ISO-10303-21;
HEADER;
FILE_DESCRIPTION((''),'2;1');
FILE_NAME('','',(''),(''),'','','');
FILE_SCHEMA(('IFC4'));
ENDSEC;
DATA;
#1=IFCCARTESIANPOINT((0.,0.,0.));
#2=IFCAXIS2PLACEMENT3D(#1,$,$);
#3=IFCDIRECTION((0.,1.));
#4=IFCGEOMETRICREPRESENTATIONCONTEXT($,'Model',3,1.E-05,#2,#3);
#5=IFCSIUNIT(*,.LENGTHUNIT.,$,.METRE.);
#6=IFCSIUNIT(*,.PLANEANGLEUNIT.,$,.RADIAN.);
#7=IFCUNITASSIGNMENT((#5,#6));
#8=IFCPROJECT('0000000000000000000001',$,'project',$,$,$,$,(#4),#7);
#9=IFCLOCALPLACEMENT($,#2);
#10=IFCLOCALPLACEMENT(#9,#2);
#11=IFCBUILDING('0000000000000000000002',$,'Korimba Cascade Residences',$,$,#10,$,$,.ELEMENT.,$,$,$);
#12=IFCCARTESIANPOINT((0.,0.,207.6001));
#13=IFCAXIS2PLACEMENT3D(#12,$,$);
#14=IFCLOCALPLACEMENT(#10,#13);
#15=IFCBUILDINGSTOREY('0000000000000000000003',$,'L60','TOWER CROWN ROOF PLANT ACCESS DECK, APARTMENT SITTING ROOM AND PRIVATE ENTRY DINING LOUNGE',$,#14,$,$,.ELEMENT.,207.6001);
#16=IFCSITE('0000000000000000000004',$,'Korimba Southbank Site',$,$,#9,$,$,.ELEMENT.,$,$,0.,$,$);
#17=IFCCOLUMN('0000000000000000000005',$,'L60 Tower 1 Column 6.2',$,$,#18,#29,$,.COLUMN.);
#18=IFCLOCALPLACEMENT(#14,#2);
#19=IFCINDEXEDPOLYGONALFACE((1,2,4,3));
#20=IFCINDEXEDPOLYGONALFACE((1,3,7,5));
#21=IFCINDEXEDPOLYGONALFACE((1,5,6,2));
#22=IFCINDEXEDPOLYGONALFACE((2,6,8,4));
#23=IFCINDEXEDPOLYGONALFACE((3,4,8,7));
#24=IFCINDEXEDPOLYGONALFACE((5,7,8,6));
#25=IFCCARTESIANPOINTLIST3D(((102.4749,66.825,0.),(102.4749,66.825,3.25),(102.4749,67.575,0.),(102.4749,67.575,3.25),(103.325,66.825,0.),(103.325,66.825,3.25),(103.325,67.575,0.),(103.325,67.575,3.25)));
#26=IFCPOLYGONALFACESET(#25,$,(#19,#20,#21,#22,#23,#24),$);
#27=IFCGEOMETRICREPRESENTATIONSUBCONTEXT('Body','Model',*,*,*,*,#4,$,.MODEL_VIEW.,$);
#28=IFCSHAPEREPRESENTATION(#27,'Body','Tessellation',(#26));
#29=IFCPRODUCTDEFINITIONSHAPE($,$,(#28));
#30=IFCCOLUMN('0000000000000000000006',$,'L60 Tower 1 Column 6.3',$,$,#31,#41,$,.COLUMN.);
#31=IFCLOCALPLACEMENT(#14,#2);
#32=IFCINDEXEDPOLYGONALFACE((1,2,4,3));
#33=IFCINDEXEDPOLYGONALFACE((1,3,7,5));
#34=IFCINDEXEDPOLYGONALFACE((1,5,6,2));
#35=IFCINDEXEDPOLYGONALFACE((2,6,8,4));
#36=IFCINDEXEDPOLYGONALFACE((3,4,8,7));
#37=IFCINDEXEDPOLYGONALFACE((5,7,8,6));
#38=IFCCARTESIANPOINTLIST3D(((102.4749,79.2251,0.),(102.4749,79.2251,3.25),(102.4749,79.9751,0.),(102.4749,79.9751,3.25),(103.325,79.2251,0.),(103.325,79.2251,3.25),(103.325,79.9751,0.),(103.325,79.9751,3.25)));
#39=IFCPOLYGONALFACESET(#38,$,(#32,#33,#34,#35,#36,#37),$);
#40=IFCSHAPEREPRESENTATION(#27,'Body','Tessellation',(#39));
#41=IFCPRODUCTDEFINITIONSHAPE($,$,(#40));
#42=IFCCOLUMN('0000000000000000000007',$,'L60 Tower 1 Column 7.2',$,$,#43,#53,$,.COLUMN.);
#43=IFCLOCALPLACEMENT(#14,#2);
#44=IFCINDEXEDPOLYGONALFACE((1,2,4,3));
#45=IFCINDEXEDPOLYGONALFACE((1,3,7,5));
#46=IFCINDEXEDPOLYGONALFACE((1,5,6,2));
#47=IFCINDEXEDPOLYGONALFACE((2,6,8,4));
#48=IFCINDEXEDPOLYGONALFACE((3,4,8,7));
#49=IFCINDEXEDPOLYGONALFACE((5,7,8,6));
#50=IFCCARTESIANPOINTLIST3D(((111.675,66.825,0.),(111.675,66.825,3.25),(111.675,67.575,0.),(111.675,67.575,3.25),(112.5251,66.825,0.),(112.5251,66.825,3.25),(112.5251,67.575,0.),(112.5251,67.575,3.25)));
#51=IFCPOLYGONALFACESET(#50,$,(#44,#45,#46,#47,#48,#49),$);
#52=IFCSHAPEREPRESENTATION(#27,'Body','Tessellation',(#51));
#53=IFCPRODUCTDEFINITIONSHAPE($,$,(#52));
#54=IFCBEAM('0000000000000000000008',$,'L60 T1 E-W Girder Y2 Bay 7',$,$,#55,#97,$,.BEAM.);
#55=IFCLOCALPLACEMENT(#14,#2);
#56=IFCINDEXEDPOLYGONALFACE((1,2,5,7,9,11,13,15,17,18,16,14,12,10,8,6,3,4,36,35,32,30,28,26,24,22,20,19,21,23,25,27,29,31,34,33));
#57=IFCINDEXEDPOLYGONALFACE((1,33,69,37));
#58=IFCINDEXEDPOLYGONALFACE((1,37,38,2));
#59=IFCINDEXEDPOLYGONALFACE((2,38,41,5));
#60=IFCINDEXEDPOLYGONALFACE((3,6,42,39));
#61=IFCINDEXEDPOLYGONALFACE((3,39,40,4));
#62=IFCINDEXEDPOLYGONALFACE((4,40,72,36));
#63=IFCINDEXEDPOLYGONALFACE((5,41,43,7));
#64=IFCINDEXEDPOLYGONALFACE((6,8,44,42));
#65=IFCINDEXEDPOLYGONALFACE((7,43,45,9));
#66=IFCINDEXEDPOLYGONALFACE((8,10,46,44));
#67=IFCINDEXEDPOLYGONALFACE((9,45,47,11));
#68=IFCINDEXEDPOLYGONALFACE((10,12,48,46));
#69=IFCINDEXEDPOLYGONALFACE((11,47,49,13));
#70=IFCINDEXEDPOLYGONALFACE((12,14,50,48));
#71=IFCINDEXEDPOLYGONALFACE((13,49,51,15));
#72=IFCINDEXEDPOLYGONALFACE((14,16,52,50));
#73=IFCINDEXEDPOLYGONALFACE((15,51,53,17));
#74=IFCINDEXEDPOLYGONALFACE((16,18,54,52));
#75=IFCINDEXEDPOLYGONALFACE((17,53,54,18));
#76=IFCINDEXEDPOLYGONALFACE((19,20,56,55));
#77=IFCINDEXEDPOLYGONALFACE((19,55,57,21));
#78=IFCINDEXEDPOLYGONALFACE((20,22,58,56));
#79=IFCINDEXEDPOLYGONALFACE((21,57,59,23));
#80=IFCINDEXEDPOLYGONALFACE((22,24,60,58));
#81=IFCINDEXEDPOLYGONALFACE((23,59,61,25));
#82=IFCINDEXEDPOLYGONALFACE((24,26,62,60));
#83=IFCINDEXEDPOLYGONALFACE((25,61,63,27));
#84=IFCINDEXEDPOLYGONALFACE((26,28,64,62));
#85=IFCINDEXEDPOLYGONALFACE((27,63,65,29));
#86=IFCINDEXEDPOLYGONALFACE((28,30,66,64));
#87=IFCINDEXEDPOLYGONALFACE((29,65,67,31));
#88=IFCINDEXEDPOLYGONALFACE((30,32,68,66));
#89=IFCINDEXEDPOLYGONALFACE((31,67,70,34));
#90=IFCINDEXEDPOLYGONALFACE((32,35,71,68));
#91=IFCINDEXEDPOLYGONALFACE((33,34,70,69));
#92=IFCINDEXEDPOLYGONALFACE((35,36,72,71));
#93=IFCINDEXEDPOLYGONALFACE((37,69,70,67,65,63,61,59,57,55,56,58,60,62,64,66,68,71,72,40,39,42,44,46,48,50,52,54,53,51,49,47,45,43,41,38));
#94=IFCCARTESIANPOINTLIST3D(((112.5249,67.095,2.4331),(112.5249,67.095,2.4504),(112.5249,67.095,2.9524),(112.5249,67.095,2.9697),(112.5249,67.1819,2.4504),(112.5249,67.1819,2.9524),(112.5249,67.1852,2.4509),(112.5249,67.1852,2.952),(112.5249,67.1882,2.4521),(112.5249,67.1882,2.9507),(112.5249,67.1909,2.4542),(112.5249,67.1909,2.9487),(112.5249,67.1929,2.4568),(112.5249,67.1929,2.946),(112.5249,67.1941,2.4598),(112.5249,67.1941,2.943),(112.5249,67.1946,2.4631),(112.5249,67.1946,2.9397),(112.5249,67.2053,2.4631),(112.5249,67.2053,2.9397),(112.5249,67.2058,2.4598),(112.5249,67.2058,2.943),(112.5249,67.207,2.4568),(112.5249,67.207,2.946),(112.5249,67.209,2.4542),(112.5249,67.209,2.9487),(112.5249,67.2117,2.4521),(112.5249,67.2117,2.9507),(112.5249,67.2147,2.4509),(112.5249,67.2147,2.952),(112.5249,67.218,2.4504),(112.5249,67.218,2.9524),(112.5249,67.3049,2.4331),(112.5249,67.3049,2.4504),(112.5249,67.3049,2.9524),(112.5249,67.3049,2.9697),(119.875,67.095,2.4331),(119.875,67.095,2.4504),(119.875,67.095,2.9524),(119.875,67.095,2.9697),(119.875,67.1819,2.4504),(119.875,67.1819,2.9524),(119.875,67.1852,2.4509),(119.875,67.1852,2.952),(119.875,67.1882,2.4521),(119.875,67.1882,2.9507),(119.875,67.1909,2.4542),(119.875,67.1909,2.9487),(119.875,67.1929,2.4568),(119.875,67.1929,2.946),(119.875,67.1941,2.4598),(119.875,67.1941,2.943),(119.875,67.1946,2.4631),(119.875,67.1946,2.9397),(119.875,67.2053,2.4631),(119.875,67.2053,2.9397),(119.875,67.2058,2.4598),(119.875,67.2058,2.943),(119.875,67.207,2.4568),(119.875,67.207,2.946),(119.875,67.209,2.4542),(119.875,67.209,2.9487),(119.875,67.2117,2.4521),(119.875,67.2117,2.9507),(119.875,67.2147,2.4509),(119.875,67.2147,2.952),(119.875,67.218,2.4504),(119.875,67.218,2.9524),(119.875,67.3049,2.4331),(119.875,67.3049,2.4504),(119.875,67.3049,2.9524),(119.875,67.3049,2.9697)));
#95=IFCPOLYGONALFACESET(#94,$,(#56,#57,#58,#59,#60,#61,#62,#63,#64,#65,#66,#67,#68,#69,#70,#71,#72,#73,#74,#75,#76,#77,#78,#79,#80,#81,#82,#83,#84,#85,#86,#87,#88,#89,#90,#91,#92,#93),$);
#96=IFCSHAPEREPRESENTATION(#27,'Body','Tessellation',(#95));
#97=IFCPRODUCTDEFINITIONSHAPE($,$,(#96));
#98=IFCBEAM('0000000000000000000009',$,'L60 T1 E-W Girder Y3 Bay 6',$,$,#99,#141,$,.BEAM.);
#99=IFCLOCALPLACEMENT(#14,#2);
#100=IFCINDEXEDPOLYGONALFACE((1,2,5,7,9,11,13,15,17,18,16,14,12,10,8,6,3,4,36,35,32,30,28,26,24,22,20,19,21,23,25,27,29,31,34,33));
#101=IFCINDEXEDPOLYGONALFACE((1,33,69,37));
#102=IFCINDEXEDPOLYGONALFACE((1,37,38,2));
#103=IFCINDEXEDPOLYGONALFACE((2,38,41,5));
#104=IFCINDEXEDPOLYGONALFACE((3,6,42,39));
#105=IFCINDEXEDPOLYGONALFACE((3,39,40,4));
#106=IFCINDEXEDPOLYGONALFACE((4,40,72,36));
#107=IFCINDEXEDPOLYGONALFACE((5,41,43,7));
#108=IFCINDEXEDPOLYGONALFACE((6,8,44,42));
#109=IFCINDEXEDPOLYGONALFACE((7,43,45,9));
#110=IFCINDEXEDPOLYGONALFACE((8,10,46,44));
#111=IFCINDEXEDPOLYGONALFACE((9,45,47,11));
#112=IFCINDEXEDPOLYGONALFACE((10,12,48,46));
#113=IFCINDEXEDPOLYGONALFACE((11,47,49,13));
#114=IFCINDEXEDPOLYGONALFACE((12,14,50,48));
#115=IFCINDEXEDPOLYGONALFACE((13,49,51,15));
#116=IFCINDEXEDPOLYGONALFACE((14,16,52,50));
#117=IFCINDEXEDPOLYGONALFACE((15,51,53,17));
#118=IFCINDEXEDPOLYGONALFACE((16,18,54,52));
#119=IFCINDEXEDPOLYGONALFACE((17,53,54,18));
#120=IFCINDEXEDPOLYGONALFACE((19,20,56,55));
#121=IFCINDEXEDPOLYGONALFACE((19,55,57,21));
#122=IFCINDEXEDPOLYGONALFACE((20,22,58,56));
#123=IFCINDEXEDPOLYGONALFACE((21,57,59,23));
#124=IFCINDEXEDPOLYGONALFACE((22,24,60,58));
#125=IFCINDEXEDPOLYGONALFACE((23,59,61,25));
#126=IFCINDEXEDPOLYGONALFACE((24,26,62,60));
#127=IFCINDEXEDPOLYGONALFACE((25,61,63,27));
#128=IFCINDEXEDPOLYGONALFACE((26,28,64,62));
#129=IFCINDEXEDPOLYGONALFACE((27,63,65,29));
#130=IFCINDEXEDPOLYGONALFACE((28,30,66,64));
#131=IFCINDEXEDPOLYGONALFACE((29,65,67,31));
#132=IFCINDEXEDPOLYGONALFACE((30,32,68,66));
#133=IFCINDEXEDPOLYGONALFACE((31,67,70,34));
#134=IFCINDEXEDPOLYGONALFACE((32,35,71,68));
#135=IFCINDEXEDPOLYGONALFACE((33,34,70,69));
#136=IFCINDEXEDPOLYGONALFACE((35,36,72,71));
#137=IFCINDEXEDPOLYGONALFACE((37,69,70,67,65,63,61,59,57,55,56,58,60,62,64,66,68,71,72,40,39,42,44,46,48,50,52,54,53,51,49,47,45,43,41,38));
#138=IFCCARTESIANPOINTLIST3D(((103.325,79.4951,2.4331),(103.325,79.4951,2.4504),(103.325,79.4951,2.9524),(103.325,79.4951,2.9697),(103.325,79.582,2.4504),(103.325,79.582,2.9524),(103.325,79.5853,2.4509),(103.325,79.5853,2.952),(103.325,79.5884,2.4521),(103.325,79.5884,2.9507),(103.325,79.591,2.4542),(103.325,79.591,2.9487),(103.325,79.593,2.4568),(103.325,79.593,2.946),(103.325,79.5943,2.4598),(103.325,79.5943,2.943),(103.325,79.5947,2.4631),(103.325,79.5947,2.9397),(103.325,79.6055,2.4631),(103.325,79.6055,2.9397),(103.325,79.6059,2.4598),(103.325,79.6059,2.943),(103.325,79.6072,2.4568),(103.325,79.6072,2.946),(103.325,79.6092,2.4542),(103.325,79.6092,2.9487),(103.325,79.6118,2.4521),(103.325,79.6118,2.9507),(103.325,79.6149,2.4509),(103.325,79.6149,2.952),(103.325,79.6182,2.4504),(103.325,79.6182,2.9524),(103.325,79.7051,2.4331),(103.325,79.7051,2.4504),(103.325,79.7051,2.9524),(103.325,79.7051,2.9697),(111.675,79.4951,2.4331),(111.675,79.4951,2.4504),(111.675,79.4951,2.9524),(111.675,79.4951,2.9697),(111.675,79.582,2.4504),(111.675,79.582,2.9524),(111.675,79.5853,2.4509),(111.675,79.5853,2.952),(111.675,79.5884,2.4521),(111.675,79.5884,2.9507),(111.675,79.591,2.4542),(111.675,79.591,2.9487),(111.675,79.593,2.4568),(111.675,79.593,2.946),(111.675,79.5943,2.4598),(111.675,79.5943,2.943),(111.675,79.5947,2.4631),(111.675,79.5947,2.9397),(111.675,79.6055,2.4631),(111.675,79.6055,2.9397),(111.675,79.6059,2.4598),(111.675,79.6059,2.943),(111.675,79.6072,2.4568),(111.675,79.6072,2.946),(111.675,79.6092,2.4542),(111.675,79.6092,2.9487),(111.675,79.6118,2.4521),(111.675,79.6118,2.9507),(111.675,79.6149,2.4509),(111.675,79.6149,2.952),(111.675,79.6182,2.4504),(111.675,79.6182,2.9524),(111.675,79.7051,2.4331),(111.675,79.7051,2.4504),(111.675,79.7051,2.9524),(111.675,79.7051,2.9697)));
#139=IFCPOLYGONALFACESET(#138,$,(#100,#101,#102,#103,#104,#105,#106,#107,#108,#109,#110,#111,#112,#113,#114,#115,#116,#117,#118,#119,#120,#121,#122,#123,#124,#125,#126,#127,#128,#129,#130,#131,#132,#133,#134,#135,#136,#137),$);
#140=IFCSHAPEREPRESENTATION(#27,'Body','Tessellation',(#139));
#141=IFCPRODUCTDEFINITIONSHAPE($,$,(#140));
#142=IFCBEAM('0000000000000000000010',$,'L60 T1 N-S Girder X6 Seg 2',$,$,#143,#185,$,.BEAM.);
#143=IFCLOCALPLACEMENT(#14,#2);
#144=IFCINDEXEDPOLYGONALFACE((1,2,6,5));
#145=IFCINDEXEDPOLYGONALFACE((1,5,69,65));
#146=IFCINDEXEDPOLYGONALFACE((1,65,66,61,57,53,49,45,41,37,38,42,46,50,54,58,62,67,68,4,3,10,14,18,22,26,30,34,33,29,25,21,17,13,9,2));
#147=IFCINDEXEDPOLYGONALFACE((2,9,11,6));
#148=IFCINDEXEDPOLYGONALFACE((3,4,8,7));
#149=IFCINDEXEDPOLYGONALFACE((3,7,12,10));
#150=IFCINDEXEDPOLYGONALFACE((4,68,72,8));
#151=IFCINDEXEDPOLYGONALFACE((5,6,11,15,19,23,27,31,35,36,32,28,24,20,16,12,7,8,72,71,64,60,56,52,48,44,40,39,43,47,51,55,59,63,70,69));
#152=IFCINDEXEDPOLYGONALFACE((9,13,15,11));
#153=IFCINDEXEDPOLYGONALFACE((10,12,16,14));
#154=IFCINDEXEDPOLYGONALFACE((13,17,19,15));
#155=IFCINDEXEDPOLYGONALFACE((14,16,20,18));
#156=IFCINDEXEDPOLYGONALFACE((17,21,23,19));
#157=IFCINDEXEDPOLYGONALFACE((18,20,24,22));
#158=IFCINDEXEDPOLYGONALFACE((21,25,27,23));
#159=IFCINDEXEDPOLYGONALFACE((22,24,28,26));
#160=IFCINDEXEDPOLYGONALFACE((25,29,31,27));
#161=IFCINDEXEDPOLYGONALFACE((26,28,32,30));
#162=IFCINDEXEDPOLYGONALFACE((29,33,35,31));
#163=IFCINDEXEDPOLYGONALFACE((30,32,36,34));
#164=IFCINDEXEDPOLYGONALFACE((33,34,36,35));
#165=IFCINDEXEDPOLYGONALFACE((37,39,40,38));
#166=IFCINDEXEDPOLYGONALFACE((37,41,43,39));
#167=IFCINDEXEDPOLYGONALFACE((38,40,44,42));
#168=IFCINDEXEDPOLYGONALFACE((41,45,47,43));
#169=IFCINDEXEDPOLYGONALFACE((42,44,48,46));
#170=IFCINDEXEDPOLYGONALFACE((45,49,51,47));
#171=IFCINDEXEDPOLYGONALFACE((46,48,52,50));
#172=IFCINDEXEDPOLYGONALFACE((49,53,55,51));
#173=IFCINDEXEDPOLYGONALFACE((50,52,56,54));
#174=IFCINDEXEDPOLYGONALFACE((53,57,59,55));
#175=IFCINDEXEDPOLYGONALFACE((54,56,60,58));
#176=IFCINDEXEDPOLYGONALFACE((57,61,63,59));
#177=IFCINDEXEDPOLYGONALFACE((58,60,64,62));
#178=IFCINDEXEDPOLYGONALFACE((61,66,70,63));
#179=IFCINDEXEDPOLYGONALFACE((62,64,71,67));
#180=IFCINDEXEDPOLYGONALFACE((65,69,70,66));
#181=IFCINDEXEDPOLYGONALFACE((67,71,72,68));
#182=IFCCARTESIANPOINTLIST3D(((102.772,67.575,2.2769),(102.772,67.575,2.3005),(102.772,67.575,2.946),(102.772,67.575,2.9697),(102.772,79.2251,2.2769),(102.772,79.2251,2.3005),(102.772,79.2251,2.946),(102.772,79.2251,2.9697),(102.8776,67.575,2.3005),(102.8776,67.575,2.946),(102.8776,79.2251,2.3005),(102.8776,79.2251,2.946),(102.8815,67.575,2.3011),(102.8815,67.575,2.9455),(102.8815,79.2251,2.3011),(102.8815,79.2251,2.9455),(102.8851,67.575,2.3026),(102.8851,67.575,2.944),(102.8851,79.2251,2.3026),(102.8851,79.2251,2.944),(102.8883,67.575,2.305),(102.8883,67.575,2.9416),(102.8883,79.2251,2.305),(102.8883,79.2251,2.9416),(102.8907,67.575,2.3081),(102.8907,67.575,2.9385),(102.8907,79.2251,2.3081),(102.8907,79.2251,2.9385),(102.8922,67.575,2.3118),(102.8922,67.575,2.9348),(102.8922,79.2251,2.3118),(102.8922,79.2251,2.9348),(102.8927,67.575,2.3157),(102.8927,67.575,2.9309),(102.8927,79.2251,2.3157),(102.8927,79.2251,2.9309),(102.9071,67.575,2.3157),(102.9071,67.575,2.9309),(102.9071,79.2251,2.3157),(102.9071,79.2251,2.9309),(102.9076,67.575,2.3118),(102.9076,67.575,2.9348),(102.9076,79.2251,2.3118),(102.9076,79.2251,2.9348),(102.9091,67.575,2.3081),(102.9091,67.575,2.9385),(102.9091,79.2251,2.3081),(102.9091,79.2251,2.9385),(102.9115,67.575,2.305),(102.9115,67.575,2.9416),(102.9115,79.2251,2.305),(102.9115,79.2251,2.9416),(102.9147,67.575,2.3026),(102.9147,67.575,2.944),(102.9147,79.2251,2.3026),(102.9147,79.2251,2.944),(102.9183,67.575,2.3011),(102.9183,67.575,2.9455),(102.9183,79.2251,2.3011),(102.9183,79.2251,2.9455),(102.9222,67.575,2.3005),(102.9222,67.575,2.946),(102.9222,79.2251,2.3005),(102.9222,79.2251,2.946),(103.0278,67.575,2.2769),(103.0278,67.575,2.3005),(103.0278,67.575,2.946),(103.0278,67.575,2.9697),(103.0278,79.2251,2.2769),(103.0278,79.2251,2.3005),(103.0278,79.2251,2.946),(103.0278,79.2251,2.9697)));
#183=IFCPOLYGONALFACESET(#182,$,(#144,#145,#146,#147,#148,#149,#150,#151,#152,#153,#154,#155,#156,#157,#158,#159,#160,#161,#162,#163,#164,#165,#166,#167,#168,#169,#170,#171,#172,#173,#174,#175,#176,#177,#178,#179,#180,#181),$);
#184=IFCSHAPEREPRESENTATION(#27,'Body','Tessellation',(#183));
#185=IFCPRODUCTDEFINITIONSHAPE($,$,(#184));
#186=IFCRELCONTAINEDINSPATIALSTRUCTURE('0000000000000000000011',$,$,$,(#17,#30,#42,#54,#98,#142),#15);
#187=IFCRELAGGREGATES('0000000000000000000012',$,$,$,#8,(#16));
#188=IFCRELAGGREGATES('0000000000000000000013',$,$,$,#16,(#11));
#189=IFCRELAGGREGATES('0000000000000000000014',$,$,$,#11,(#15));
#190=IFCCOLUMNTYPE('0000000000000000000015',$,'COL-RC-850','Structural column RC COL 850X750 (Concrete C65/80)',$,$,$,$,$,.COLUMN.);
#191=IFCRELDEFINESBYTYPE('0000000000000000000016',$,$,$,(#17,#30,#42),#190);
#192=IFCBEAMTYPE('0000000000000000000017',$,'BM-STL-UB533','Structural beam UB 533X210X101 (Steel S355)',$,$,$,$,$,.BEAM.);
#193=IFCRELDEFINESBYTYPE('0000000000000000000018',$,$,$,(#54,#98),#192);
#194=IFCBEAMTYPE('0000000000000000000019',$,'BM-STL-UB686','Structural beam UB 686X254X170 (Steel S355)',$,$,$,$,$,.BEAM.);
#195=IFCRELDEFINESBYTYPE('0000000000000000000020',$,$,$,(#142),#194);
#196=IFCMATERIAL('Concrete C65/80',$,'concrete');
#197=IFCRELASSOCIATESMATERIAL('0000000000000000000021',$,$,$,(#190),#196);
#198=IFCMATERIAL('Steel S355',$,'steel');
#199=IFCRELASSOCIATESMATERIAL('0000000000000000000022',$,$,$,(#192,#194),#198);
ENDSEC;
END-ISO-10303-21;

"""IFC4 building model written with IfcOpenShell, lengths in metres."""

from ifc_helpers import new_model, si_unit, direction, frame, origin, origin_2d, place, context, subcontext, project, spatial, rectangle, i_section, extrude, material, material_profile, profile_set, type_object, element, save


model = new_model("IFC4")

# Units and contexts
model_context = context("Model", 3, precision=1e-05, world=origin(), true_north=direction((0.0, 1.0)))
body_context = subcontext(model_context, "Body", "Model", "MODEL_VIEW")
ifc_project = project(units=[si_unit("LENGTHUNIT", "METRE"), si_unit("PLANEANGLEUNIT", "RADIAN")], contexts=[model_context])

# Site, building, storey
site_placement = place(None, origin())
site = spatial("IfcSite", under=ifc_project, at=site_placement, Name="Korimba Southbank Site", CompositionType="ELEMENT", RefElevation=0.0)
building_placement = place(site_placement, origin())
building = spatial("IfcBuilding", under=site, at=building_placement, Name="Korimba Cascade Residences", CompositionType="ELEMENT")
storey_placement = place(building_placement, frame((0.0, 0.0, 207.6001)))
storey = spatial("IfcBuildingStorey", under=building, at=storey_placement, Name="L60", Description="TOWER CROWN ROOF PLANT ACCESS DECK, APARTMENT SITTING ROOM AND PRIVATE ENTRY DINING LOUNGE", CompositionType="ELEMENT", Elevation=207.6001)

# Columns
ifc_material_1 = material(Name="Concrete C65/80", Category="concrete")
ifc_material_profile_1 = material_profile(ifc_material_1, rectangle(XDim=0.8501, YDim=0.75, at=origin_2d()), Name="Concrete C65/80")
ifc_profile_set_1 = profile_set([ifc_material_profile_1], Name="Concrete C65/80")
column_type = type_object("IfcColumnType", Name="COL-RC-850", Description="Structural column RC COL 850X750 (Concrete C65/80)", PredefinedType="COLUMN", material=ifc_profile_set_1)
for number, where, z_axis, x_axis, name in (
    (1, (102.8999, 67.2, 0.0), (0.0, 0.0, 1.0), (1.0, 0.0, 0.0), "L60 Tower 1 Column 6.2"),
    (2, (102.8999, 79.6001, 0.0), (0.0, 0.0, 1.0), (1.0, 0.0, 0.0), "L60 Tower 1 Column 6.3"),
    (3, (112.1001, 67.2, 0.0), (0.0, 0.0, 1.0), (1.0, 0.0, 0.0), "L60 Tower 1 Column 7.2"),
):
    element("IfcColumn", number, at=place(storey_placement, frame(where, z_axis=z_axis, x_axis=x_axis)), inside=storey, type_object=column_type, Name=name, PredefinedType="COLUMN", context=body_context, shape_type="SweptSolid", body=[
        extrude(rectangle(XDim=0.8501, YDim=0.75, at=origin_2d()), origin(), (0.0, 0.0, 1.0), 3.25),
    ])

# Beams
ifc_material_2 = material(Name="Steel S355", Category="steel")
ifc_material_profile_2 = material_profile(ifc_material_2, i_section(OverallWidth=0.21, OverallDepth=0.5366, WebThickness=0.0107, FlangeThickness=0.0173, FilletRadius=0.0127, at=origin_2d()), Name="Steel S355")
ifc_profile_set_2 = profile_set([ifc_material_profile_2], Name="Steel S355")
beam_type_1 = type_object("IfcBeamType", Name="BM-STL-UB533", Description="Structural beam UB 533X210X101 (Steel S355)", PredefinedType="BEAM", material=ifc_profile_set_2)
beam_1_placement = place(storey_placement, frame((112.5249, 67.2, 2.7014), z_axis=(1.0, 0.0, 0.0), x_axis=(0.0, 1.0, 0.0)))
element("IfcBeam", 4, at=beam_1_placement, inside=storey, type_object=beam_type_1, Name="L60 T1 E-W Girder Y2 Bay 7", PredefinedType="BEAM", context=body_context, shape_type="SweptSolid", body=[
    extrude(i_section(OverallWidth=0.21, OverallDepth=0.5366, WebThickness=0.0107, FlangeThickness=0.0173, FilletRadius=0.0127, at=origin_2d()), origin(), (0.0, 0.0, 1.0), 7.3501),
])
beam_2_placement = place(storey_placement, frame((103.325, 79.6001, 2.7014), z_axis=(1.0, 0.0, 0.0), x_axis=(0.0, 1.0, 0.0)))
element("IfcBeam", 5, at=beam_2_placement, inside=storey, type_object=beam_type_1, Name="L60 T1 E-W Girder Y3 Bay 6", PredefinedType="BEAM", context=body_context, shape_type="SweptSolid", body=[
    extrude(i_section(OverallWidth=0.21, OverallDepth=0.5366, WebThickness=0.0107, FlangeThickness=0.0173, FilletRadius=0.0127, at=origin_2d()), origin(), (0.0, 0.0, 1.0), 8.3501),
])
ifc_material_profile_3 = material_profile(ifc_material_2, i_section(OverallWidth=0.2559, OverallDepth=0.6929, WebThickness=0.0144, FlangeThickness=0.0237, FilletRadius=0.0151, at=origin_2d()), Name="Steel S355")
ifc_profile_set_3 = profile_set([ifc_material_profile_3], Name="Steel S355")
beam_type_2 = type_object("IfcBeamType", Name="BM-STL-UB686", Description="Structural beam UB 686X254X170 (Steel S355)", PredefinedType="BEAM", material=ifc_profile_set_3)
for number, where, z_axis, x_axis, name in (
    (6, (102.8999, 67.575, 2.6233), (0.0, 1.0, 0.0), (-1.0, 0.0, 0.0), "L60 T1 N-S Girder X6 Seg 2"),
):
    element("IfcBeam", number, at=place(storey_placement, frame(where, z_axis=z_axis, x_axis=x_axis)), inside=storey, type_object=beam_type_2, Name=name, PredefinedType="BEAM", context=body_context, shape_type="SweptSolid", body=[
        extrude(i_section(OverallWidth=0.2559, OverallDepth=0.6929, WebThickness=0.0144, FlangeThickness=0.0237, FilletRadius=0.0151, at=origin_2d()), origin(), (0.0, 0.0, 1.0), 11.6501),
    ])

save(model, "model.ifc")
